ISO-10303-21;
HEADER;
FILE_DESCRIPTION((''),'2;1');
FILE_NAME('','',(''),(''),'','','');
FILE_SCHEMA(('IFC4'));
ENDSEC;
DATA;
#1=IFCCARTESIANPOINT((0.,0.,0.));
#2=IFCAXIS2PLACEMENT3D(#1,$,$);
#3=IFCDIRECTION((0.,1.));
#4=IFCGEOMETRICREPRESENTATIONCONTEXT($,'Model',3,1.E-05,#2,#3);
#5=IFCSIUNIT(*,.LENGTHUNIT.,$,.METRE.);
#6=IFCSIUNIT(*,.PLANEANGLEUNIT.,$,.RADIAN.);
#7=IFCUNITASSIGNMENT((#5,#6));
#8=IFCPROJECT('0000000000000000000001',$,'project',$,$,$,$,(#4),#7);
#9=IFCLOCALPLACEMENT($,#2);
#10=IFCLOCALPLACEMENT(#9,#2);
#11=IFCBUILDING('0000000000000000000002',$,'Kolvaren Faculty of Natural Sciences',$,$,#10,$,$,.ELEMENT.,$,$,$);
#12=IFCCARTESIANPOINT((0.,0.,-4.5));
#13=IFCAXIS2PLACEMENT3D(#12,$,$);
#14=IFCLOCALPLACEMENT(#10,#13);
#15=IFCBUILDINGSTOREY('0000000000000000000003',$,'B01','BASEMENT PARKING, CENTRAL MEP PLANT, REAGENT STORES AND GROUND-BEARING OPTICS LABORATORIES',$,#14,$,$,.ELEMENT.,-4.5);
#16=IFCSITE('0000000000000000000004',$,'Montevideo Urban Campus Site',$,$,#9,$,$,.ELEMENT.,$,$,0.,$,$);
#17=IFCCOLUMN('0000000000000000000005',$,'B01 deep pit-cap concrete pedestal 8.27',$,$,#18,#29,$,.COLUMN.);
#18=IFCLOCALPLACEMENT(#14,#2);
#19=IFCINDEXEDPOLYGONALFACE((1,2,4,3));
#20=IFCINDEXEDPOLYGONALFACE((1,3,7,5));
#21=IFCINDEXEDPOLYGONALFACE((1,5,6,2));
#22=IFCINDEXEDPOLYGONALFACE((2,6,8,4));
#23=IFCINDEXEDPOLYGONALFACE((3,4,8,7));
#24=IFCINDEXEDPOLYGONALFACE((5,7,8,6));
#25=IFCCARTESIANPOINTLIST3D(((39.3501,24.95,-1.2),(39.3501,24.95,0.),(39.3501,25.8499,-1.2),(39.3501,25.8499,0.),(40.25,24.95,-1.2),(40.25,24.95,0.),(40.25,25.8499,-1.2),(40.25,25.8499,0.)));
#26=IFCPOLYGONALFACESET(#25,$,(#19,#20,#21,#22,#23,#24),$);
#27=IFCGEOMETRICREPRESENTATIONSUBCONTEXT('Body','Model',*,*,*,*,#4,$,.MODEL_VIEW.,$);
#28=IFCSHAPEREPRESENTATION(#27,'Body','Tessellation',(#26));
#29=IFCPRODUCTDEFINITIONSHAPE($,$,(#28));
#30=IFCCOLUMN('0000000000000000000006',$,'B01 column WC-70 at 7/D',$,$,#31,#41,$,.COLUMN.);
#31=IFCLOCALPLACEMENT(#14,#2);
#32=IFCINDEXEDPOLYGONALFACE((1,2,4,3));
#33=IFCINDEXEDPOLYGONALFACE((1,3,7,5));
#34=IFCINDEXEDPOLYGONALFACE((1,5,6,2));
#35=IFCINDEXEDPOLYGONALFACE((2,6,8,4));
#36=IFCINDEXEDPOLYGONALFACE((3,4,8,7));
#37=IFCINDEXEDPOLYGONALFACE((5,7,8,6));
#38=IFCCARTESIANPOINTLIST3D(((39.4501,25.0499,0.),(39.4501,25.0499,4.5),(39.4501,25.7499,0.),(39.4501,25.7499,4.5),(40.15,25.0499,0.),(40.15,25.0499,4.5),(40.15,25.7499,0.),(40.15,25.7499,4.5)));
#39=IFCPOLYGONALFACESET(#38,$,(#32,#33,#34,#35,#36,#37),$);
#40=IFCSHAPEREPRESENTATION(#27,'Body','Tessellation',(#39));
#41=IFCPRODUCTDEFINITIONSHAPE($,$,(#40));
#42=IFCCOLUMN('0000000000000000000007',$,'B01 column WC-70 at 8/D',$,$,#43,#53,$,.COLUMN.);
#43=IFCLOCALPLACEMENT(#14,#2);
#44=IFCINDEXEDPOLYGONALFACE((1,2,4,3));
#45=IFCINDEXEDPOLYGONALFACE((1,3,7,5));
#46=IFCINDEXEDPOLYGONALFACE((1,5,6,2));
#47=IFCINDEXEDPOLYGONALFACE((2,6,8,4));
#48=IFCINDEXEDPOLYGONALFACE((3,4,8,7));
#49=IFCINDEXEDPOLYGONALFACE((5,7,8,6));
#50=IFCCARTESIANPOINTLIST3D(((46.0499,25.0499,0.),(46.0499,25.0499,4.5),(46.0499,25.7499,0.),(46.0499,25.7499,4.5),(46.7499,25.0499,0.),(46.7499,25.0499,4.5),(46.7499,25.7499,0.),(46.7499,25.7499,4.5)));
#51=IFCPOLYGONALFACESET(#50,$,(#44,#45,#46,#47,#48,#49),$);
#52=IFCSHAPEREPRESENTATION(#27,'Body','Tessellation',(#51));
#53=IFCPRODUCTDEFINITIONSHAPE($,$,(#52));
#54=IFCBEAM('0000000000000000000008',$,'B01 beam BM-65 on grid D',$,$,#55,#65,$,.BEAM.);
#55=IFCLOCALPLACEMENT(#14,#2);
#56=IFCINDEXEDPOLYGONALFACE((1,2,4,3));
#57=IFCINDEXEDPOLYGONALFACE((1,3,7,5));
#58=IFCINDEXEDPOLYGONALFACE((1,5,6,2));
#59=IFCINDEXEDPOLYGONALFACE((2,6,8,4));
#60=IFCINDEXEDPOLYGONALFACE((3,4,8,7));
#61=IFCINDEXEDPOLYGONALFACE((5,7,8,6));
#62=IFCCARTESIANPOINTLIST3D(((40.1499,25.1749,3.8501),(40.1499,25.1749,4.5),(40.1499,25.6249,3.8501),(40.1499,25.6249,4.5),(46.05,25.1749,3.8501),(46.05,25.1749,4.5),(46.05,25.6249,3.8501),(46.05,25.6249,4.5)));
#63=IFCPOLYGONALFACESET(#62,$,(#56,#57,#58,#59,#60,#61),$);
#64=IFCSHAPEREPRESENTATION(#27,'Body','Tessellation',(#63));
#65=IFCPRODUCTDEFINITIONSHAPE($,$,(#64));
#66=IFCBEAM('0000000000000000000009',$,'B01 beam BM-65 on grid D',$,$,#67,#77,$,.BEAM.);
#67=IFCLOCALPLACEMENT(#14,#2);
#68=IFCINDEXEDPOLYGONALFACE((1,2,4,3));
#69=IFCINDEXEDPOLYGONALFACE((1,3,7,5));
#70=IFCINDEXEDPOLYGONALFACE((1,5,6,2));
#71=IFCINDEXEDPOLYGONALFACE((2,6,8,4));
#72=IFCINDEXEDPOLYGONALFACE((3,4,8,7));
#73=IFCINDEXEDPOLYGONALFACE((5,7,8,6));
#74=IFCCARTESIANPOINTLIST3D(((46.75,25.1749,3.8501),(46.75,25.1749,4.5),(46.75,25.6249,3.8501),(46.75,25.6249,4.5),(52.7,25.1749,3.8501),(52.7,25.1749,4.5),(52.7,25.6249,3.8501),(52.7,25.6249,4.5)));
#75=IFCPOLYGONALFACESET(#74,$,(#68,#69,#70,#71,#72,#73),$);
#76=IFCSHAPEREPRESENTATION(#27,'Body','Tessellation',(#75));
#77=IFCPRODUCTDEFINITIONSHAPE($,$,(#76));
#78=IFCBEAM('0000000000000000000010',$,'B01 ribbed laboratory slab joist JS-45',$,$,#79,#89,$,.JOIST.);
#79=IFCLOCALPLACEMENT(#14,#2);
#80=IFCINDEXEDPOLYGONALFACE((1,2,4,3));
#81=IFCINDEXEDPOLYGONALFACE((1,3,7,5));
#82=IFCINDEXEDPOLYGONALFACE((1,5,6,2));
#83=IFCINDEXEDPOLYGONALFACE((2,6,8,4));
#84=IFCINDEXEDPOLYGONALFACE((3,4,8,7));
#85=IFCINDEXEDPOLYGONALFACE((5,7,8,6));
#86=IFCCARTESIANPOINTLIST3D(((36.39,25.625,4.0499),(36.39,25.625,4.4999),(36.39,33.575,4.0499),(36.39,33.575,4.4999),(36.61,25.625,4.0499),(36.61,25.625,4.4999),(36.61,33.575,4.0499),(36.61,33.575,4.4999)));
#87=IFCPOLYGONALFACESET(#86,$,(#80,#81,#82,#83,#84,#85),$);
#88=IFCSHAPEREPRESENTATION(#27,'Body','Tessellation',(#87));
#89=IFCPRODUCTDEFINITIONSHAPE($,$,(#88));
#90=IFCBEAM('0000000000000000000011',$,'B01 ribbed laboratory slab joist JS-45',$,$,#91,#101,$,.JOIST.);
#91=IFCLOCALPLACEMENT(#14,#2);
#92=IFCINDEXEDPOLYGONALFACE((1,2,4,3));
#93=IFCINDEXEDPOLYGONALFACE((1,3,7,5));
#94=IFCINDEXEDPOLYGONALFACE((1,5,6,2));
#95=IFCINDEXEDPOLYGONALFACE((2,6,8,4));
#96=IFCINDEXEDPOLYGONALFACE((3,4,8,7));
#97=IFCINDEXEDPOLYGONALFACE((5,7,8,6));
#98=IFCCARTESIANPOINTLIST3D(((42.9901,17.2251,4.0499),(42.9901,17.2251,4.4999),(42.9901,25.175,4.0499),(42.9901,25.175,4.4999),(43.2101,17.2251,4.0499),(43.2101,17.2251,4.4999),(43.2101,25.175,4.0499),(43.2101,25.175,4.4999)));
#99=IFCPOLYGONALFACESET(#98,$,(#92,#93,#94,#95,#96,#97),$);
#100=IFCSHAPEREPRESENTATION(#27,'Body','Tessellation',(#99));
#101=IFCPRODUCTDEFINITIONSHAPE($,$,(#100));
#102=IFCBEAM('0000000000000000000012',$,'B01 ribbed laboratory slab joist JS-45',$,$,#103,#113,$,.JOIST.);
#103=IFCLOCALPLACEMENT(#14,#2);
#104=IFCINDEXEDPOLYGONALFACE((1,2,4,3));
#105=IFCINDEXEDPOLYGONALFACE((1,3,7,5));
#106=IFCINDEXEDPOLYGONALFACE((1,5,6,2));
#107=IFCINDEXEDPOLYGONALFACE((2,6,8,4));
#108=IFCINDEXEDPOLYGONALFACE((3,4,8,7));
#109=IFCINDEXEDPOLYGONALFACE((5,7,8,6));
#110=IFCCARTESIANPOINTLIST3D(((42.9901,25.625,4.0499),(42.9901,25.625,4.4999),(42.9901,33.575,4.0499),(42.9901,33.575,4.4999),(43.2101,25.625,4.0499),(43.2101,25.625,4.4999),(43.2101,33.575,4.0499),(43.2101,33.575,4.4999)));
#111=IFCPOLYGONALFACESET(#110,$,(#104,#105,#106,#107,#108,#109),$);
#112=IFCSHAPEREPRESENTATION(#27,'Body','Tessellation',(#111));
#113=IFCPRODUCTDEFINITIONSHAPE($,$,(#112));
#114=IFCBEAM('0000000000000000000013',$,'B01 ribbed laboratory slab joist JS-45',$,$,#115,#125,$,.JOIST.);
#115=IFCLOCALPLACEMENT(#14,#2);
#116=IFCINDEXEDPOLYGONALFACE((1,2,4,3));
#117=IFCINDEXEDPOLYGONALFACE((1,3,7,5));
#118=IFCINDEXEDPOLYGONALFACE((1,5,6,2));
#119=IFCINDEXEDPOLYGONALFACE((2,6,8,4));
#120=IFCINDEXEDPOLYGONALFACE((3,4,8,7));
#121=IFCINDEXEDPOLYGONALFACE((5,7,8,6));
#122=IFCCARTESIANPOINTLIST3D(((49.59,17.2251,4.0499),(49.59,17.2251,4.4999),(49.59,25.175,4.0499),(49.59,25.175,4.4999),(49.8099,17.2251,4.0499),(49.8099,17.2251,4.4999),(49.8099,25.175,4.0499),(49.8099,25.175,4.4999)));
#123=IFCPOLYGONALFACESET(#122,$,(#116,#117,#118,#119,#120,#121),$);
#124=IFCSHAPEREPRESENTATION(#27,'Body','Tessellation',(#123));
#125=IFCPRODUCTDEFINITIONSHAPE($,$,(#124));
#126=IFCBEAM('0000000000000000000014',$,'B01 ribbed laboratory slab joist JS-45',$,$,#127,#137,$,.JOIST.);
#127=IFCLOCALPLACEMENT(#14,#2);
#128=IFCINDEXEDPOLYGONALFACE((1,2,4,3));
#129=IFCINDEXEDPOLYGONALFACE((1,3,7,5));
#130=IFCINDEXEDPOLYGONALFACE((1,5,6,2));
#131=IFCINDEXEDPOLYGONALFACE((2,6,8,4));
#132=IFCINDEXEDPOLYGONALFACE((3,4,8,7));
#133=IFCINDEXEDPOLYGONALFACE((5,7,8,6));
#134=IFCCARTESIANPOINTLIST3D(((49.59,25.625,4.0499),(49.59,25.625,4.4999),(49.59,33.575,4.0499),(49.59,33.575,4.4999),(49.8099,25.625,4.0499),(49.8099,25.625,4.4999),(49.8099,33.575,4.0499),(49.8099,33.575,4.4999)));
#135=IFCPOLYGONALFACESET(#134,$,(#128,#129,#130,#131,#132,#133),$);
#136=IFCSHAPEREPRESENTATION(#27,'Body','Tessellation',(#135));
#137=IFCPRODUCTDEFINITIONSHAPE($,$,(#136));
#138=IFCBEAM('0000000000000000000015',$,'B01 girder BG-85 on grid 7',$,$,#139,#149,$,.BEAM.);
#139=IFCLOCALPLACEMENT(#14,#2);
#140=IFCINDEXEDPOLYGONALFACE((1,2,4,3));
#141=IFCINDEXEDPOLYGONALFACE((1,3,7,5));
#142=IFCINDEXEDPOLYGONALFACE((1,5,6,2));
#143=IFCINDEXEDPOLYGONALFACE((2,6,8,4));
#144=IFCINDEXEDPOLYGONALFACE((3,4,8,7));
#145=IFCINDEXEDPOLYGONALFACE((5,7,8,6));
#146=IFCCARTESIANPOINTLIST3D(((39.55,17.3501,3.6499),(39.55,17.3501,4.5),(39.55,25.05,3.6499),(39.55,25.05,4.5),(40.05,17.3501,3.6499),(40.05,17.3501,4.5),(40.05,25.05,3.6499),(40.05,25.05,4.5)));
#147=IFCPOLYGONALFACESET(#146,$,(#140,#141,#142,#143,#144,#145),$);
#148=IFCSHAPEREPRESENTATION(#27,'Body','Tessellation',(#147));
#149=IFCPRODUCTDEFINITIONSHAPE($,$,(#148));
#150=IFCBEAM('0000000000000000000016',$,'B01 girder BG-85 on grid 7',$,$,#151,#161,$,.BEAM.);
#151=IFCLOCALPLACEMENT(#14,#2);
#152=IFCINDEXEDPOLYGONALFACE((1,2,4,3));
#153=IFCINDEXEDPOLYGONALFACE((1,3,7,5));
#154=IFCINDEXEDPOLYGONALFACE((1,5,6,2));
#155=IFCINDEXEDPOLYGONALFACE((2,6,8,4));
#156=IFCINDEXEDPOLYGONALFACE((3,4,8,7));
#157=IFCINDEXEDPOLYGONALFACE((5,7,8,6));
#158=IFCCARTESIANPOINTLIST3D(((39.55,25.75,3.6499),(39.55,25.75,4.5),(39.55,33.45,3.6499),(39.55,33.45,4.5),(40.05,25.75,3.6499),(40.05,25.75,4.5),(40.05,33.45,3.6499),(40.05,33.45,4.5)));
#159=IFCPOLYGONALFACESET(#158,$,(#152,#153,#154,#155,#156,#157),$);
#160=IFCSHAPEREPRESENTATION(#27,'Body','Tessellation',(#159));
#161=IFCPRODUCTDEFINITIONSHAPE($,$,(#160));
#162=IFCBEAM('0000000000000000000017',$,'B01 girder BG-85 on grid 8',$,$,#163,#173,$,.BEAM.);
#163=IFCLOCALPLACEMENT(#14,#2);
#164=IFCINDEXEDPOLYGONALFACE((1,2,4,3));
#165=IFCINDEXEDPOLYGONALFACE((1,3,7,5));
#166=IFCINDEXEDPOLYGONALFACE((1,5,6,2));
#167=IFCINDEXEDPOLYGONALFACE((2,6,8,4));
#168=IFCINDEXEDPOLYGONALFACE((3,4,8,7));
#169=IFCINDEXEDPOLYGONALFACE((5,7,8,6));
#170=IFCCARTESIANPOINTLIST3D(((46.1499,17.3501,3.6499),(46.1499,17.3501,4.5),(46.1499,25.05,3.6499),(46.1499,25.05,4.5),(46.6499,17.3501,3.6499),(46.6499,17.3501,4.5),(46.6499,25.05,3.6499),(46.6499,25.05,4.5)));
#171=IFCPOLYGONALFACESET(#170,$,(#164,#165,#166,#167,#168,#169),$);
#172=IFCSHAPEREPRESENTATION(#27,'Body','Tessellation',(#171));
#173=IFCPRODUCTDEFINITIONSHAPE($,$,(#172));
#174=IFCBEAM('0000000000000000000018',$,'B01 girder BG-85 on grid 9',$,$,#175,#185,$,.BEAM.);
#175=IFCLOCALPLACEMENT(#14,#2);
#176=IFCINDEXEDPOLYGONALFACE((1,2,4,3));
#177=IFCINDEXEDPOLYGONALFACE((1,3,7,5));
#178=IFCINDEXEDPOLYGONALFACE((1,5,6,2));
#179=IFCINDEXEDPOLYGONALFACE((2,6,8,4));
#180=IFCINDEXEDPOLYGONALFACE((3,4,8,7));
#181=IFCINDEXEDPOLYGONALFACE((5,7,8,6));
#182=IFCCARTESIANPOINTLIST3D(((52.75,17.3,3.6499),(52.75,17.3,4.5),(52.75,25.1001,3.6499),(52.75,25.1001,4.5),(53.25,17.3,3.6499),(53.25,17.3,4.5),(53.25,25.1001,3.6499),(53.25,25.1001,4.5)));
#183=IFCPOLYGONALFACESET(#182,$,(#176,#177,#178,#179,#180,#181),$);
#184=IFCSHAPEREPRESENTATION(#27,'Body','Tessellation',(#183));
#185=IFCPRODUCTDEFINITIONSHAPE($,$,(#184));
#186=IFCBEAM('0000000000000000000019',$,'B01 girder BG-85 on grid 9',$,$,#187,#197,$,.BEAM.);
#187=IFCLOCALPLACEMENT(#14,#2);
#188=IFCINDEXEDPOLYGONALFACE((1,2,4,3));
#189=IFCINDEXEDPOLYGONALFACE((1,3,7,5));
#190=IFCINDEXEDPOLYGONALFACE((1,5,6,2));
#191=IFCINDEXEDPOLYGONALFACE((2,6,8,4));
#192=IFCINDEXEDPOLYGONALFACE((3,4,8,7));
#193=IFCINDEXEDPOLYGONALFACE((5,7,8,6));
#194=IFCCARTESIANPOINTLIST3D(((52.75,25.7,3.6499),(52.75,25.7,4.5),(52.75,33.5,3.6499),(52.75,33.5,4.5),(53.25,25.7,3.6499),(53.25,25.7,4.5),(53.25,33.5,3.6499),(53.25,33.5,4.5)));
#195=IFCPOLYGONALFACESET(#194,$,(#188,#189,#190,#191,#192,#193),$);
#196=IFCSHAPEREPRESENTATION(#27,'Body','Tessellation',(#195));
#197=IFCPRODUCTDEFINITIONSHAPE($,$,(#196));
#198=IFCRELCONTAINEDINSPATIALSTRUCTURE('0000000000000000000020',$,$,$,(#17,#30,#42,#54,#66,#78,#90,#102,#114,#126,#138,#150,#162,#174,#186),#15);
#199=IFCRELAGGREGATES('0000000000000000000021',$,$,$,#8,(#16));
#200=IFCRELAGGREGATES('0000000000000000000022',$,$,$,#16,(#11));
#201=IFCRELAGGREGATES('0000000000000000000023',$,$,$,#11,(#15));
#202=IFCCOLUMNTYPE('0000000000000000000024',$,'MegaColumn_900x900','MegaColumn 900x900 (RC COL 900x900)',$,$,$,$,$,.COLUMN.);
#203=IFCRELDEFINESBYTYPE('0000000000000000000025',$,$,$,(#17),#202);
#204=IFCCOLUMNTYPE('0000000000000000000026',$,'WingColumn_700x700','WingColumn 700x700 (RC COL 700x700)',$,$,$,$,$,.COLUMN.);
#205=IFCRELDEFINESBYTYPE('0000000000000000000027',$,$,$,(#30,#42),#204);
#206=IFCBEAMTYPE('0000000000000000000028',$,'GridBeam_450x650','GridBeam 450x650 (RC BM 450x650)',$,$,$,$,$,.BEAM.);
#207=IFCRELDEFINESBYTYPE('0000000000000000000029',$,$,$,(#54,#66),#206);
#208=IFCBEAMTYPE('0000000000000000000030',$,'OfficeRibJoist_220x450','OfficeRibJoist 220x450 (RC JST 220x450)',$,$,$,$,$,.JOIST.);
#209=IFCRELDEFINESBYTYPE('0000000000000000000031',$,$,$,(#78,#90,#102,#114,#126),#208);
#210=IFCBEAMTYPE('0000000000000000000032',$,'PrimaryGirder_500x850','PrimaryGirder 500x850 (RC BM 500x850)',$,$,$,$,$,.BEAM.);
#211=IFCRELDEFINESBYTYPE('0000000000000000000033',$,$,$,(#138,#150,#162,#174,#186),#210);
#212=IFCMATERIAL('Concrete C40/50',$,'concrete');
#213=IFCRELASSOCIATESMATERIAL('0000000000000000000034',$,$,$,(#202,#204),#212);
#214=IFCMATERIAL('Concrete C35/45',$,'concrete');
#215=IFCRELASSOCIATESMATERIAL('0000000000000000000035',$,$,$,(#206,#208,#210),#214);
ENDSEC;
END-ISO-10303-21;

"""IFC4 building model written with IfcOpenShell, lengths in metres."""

from ifc_helpers import new_model, si_unit, direction, frame, origin, origin_2d, place, context, subcontext, project, spatial, rectangle, extrude, material, material_profile, profile_set, type_object, element, save


model = new_model("IFC4")

# Units and contexts
model_context = context("Model", 3, precision=1e-05, world=origin(), true_north=direction((0.0, 1.0)))
body_context = subcontext(model_context, "Body", "Model", "MODEL_VIEW")
ifc_project = project(units=[si_unit("LENGTHUNIT", "METRE"), si_unit("PLANEANGLEUNIT", "RADIAN")], contexts=[model_context])

# Site, building, storey
site_placement = place(None, origin())
site = spatial("IfcSite", under=ifc_project, at=site_placement, Name="Montevideo Urban Campus Site", CompositionType="ELEMENT", RefElevation=0.0)
building_placement = place(site_placement, origin())
building = spatial("IfcBuilding", under=site, at=building_placement, Name="Kolvaren Faculty of Natural Sciences", CompositionType="ELEMENT")
storey_placement = place(building_placement, frame((0.0, 0.0, -4.5)))
storey = spatial("IfcBuildingStorey", under=building, at=storey_placement, Name="B01", Description="BASEMENT PARKING, CENTRAL MEP PLANT, REAGENT STORES AND GROUND-BEARING OPTICS LABORATORIES", CompositionType="ELEMENT", Elevation=-4.5)

# Shared definitions
ifc_material_1 = material(Name="Concrete C35/45", Category="concrete")

# Columns
ifc_material_2 = material(Name="Concrete C40/50", Category="concrete")
ifc_material_profile_1 = material_profile(ifc_material_2, rectangle(XDim=0.8999, YDim=0.8999, at=origin_2d()), Name="RC COL 900x900")
ifc_profile_set_1 = profile_set([ifc_material_profile_1], Name="Concrete C40/50")
column_type_1 = type_object("IfcColumnType", Name="MegaColumn_900x900", Description="MegaColumn 900x900 (RC COL 900x900)", PredefinedType="COLUMN", material=ifc_profile_set_1)
column_placement = place(storey_placement, frame((39.8, 25.3999, -1.2), z_axis=(0.0, 0.0, 1.0), x_axis=(1.0, 0.0, 0.0)))
element("IfcColumn", 1, at=column_placement, inside=storey, type_object=column_type_1, Name="B01 deep pit-cap concrete pedestal 8.27", PredefinedType="COLUMN", context=body_context, shape_type="SweptSolid", body=[
    extrude(rectangle(XDim=0.8999, YDim=0.8999, at=origin_2d()), origin(), (0.0, 0.0, 1.0), 1.2),
])
ifc_material_profile_2 = material_profile(ifc_material_2, rectangle(XDim=0.7, YDim=0.7, at=origin_2d()), Name="RC COL 700x700")
ifc_profile_set_2 = profile_set([ifc_material_profile_2], Name="Concrete C40/50")
column_type_2 = type_object("IfcColumnType", Name="WingColumn_700x700", Description="WingColumn 700x700 (RC COL 700x700)", PredefinedType="COLUMN", material=ifc_profile_set_2)
for number, where, z_axis, x_axis, name in (
    (2, (39.8, 25.3999, 0.0), (0.0, 0.0, 1.0), (1.0, 0.0, 0.0), "B01 column WC-70 at 7/D"),
    (3, (46.3999, 25.3999, 0.0), (0.0, 0.0, 1.0), (1.0, 0.0, 0.0), "B01 column WC-70 at 8/D"),
):
    element("IfcColumn", number, at=place(storey_placement, frame(where, z_axis=z_axis, x_axis=x_axis)), inside=storey, type_object=column_type_2, Name=name, PredefinedType="COLUMN", context=body_context, shape_type="SweptSolid", body=[
        extrude(rectangle(XDim=0.7, YDim=0.7, at=origin_2d()), origin(), (0.0, 0.0, 1.0), 4.5),
    ])

# Beams
ifc_material_profile_3 = material_profile(ifc_material_1, rectangle(XDim=0.45, YDim=0.6499, at=origin_2d()), Name="RC BM 450x650")
ifc_profile_set_3 = profile_set([ifc_material_profile_3], Name="Concrete C35/45")
beam_type_1 = type_object("IfcBeamType", Name="GridBeam_450x650", Description="GridBeam 450x650 (RC BM 450x650)", PredefinedType="BEAM", material=ifc_profile_set_3)
beam_1_placement = place(storey_placement, frame((40.1499, 25.3999, 4.175), z_axis=(1.0, 0.0, 0.0), x_axis=(0.0, 1.0, 0.0)))
element("IfcBeam", 4, at=beam_1_placement, inside=storey, type_object=beam_type_1, Name="B01 beam BM-65 on grid D", PredefinedType="BEAM", context=body_context, shape_type="SweptSolid", body=[
    extrude(rectangle(XDim=0.45, YDim=0.6499, at=origin_2d()), origin(), (0.0, 0.0, 1.0), 5.9001),
])
beam_2_placement = place(storey_placement, frame((46.75, 25.3999, 4.175), z_axis=(1.0, 0.0, 0.0), x_axis=(0.0, 1.0, 0.0)))
element("IfcBeam", 5, at=beam_2_placement, inside=storey, type_object=beam_type_1, Name="B01 beam BM-65 on grid D", PredefinedType="BEAM", context=body_context, shape_type="SweptSolid", body=[
    extrude(rectangle(XDim=0.45, YDim=0.6499, at=origin_2d()), origin(), (0.0, 0.0, 1.0), 5.95),
])
ifc_material_profile_4 = material_profile(ifc_material_1, rectangle(XDim=0.22, YDim=0.45, at=origin_2d()), Name="RC JST 220x450")
ifc_profile_set_4 = profile_set([ifc_material_profile_4], Name="Concrete C35/45")
beam_type_2 = type_object("IfcBeamType", Name="OfficeRibJoist_220x450", Description="OfficeRibJoist 220x450 (RC JST 220x450)", PredefinedType="JOIST", material=ifc_profile_set_4)
for number, where, z_axis, x_axis, name in (
    (6, (36.5, 25.625, 4.2749), (0.0, 1.0, 0.0), (-1.0, 0.0, 0.0), "B01 ribbed laboratory slab joist JS-45"),
    (7, (43.1001, 17.2251, 4.2749), (0.0, 1.0, 0.0), (-1.0, 0.0, 0.0), "B01 ribbed laboratory slab joist JS-45"),
    (8, (43.1001, 25.625, 4.2749), (0.0, 1.0, 0.0), (-1.0, 0.0, 0.0), "B01 ribbed laboratory slab joist JS-45"),
    (9, (49.7, 17.2251, 4.2749), (0.0, 1.0, 0.0), (-1.0, 0.0, 0.0), "B01 ribbed laboratory slab joist JS-45"),
    (10, (49.7, 25.625, 4.2749), (0.0, 1.0, 0.0), (-1.0, 0.0, 0.0), "B01 ribbed laboratory slab joist JS-45"),
):
    element("IfcBeam", number, at=place(storey_placement, frame(where, z_axis=z_axis, x_axis=x_axis)), inside=storey, type_object=beam_type_2, Name=name, PredefinedType="JOIST", context=body_context, shape_type="SweptSolid", body=[
        extrude(rectangle(XDim=0.22, YDim=0.45, at=origin_2d()), origin(), (0.0, 0.0, 1.0), 7.95),
    ])
ifc_material_profile_5 = material_profile(ifc_material_1, rectangle(XDim=0.5, YDim=0.8501, at=origin_2d()), Name="RC BM 500x850")
ifc_profile_set_5 = profile_set([ifc_material_profile_5], Name="Concrete C35/45")
beam_type_3 = type_object("IfcBeamType", Name="PrimaryGirder_500x850", Description="PrimaryGirder 500x850 (RC BM 500x850)", PredefinedType="BEAM", material=ifc_profile_set_5)
for number, where, z_axis, x_axis, name in (
    (11, (39.8, 17.3501, 4.075), (0.0, 1.0, 0.0), (-1.0, 0.0, 0.0), "B01 girder BG-85 on grid 7"),
    (12, (39.8, 25.75, 4.075), (0.0, 1.0, 0.0), (-1.0, 0.0, 0.0), "B01 girder BG-85 on grid 7"),
    (13, (46.3999, 17.3501, 4.075), (0.0, 1.0, 0.0), (-1.0, 0.0, 0.0), "B01 girder BG-85 on grid 8"),
):
    element("IfcBeam", number, at=place(storey_placement, frame(where, z_axis=z_axis, x_axis=x_axis)), inside=storey, type_object=beam_type_3, Name=name, PredefinedType="BEAM", context=body_context, shape_type="SweptSolid", body=[
        extrude(rectangle(XDim=0.5, YDim=0.8501, at=origin_2d()), origin(), (0.0, 0.0, 1.0), 7.7),
    ])
for number, where, z_axis, x_axis, name in (
    (14, (53.0, 17.3, 4.075), (0.0, 1.0, 0.0), (-1.0, 0.0, 0.0), "B01 girder BG-85 on grid 9"),
    (15, (53.0, 25.7, 4.075), (0.0, 1.0, 0.0), (-1.0, 0.0, 0.0), "B01 girder BG-85 on grid 9"),
):
    element("IfcBeam", number, at=place(storey_placement, frame(where, z_axis=z_axis, x_axis=x_axis)), inside=storey, type_object=beam_type_3, Name=name, PredefinedType="BEAM", context=body_context, shape_type="SweptSolid", body=[
        extrude(rectangle(XDim=0.5, YDim=0.8501, at=origin_2d()), origin(), (0.0, 0.0, 1.0), 7.8),
    ])

save(model, "model.ifc")
